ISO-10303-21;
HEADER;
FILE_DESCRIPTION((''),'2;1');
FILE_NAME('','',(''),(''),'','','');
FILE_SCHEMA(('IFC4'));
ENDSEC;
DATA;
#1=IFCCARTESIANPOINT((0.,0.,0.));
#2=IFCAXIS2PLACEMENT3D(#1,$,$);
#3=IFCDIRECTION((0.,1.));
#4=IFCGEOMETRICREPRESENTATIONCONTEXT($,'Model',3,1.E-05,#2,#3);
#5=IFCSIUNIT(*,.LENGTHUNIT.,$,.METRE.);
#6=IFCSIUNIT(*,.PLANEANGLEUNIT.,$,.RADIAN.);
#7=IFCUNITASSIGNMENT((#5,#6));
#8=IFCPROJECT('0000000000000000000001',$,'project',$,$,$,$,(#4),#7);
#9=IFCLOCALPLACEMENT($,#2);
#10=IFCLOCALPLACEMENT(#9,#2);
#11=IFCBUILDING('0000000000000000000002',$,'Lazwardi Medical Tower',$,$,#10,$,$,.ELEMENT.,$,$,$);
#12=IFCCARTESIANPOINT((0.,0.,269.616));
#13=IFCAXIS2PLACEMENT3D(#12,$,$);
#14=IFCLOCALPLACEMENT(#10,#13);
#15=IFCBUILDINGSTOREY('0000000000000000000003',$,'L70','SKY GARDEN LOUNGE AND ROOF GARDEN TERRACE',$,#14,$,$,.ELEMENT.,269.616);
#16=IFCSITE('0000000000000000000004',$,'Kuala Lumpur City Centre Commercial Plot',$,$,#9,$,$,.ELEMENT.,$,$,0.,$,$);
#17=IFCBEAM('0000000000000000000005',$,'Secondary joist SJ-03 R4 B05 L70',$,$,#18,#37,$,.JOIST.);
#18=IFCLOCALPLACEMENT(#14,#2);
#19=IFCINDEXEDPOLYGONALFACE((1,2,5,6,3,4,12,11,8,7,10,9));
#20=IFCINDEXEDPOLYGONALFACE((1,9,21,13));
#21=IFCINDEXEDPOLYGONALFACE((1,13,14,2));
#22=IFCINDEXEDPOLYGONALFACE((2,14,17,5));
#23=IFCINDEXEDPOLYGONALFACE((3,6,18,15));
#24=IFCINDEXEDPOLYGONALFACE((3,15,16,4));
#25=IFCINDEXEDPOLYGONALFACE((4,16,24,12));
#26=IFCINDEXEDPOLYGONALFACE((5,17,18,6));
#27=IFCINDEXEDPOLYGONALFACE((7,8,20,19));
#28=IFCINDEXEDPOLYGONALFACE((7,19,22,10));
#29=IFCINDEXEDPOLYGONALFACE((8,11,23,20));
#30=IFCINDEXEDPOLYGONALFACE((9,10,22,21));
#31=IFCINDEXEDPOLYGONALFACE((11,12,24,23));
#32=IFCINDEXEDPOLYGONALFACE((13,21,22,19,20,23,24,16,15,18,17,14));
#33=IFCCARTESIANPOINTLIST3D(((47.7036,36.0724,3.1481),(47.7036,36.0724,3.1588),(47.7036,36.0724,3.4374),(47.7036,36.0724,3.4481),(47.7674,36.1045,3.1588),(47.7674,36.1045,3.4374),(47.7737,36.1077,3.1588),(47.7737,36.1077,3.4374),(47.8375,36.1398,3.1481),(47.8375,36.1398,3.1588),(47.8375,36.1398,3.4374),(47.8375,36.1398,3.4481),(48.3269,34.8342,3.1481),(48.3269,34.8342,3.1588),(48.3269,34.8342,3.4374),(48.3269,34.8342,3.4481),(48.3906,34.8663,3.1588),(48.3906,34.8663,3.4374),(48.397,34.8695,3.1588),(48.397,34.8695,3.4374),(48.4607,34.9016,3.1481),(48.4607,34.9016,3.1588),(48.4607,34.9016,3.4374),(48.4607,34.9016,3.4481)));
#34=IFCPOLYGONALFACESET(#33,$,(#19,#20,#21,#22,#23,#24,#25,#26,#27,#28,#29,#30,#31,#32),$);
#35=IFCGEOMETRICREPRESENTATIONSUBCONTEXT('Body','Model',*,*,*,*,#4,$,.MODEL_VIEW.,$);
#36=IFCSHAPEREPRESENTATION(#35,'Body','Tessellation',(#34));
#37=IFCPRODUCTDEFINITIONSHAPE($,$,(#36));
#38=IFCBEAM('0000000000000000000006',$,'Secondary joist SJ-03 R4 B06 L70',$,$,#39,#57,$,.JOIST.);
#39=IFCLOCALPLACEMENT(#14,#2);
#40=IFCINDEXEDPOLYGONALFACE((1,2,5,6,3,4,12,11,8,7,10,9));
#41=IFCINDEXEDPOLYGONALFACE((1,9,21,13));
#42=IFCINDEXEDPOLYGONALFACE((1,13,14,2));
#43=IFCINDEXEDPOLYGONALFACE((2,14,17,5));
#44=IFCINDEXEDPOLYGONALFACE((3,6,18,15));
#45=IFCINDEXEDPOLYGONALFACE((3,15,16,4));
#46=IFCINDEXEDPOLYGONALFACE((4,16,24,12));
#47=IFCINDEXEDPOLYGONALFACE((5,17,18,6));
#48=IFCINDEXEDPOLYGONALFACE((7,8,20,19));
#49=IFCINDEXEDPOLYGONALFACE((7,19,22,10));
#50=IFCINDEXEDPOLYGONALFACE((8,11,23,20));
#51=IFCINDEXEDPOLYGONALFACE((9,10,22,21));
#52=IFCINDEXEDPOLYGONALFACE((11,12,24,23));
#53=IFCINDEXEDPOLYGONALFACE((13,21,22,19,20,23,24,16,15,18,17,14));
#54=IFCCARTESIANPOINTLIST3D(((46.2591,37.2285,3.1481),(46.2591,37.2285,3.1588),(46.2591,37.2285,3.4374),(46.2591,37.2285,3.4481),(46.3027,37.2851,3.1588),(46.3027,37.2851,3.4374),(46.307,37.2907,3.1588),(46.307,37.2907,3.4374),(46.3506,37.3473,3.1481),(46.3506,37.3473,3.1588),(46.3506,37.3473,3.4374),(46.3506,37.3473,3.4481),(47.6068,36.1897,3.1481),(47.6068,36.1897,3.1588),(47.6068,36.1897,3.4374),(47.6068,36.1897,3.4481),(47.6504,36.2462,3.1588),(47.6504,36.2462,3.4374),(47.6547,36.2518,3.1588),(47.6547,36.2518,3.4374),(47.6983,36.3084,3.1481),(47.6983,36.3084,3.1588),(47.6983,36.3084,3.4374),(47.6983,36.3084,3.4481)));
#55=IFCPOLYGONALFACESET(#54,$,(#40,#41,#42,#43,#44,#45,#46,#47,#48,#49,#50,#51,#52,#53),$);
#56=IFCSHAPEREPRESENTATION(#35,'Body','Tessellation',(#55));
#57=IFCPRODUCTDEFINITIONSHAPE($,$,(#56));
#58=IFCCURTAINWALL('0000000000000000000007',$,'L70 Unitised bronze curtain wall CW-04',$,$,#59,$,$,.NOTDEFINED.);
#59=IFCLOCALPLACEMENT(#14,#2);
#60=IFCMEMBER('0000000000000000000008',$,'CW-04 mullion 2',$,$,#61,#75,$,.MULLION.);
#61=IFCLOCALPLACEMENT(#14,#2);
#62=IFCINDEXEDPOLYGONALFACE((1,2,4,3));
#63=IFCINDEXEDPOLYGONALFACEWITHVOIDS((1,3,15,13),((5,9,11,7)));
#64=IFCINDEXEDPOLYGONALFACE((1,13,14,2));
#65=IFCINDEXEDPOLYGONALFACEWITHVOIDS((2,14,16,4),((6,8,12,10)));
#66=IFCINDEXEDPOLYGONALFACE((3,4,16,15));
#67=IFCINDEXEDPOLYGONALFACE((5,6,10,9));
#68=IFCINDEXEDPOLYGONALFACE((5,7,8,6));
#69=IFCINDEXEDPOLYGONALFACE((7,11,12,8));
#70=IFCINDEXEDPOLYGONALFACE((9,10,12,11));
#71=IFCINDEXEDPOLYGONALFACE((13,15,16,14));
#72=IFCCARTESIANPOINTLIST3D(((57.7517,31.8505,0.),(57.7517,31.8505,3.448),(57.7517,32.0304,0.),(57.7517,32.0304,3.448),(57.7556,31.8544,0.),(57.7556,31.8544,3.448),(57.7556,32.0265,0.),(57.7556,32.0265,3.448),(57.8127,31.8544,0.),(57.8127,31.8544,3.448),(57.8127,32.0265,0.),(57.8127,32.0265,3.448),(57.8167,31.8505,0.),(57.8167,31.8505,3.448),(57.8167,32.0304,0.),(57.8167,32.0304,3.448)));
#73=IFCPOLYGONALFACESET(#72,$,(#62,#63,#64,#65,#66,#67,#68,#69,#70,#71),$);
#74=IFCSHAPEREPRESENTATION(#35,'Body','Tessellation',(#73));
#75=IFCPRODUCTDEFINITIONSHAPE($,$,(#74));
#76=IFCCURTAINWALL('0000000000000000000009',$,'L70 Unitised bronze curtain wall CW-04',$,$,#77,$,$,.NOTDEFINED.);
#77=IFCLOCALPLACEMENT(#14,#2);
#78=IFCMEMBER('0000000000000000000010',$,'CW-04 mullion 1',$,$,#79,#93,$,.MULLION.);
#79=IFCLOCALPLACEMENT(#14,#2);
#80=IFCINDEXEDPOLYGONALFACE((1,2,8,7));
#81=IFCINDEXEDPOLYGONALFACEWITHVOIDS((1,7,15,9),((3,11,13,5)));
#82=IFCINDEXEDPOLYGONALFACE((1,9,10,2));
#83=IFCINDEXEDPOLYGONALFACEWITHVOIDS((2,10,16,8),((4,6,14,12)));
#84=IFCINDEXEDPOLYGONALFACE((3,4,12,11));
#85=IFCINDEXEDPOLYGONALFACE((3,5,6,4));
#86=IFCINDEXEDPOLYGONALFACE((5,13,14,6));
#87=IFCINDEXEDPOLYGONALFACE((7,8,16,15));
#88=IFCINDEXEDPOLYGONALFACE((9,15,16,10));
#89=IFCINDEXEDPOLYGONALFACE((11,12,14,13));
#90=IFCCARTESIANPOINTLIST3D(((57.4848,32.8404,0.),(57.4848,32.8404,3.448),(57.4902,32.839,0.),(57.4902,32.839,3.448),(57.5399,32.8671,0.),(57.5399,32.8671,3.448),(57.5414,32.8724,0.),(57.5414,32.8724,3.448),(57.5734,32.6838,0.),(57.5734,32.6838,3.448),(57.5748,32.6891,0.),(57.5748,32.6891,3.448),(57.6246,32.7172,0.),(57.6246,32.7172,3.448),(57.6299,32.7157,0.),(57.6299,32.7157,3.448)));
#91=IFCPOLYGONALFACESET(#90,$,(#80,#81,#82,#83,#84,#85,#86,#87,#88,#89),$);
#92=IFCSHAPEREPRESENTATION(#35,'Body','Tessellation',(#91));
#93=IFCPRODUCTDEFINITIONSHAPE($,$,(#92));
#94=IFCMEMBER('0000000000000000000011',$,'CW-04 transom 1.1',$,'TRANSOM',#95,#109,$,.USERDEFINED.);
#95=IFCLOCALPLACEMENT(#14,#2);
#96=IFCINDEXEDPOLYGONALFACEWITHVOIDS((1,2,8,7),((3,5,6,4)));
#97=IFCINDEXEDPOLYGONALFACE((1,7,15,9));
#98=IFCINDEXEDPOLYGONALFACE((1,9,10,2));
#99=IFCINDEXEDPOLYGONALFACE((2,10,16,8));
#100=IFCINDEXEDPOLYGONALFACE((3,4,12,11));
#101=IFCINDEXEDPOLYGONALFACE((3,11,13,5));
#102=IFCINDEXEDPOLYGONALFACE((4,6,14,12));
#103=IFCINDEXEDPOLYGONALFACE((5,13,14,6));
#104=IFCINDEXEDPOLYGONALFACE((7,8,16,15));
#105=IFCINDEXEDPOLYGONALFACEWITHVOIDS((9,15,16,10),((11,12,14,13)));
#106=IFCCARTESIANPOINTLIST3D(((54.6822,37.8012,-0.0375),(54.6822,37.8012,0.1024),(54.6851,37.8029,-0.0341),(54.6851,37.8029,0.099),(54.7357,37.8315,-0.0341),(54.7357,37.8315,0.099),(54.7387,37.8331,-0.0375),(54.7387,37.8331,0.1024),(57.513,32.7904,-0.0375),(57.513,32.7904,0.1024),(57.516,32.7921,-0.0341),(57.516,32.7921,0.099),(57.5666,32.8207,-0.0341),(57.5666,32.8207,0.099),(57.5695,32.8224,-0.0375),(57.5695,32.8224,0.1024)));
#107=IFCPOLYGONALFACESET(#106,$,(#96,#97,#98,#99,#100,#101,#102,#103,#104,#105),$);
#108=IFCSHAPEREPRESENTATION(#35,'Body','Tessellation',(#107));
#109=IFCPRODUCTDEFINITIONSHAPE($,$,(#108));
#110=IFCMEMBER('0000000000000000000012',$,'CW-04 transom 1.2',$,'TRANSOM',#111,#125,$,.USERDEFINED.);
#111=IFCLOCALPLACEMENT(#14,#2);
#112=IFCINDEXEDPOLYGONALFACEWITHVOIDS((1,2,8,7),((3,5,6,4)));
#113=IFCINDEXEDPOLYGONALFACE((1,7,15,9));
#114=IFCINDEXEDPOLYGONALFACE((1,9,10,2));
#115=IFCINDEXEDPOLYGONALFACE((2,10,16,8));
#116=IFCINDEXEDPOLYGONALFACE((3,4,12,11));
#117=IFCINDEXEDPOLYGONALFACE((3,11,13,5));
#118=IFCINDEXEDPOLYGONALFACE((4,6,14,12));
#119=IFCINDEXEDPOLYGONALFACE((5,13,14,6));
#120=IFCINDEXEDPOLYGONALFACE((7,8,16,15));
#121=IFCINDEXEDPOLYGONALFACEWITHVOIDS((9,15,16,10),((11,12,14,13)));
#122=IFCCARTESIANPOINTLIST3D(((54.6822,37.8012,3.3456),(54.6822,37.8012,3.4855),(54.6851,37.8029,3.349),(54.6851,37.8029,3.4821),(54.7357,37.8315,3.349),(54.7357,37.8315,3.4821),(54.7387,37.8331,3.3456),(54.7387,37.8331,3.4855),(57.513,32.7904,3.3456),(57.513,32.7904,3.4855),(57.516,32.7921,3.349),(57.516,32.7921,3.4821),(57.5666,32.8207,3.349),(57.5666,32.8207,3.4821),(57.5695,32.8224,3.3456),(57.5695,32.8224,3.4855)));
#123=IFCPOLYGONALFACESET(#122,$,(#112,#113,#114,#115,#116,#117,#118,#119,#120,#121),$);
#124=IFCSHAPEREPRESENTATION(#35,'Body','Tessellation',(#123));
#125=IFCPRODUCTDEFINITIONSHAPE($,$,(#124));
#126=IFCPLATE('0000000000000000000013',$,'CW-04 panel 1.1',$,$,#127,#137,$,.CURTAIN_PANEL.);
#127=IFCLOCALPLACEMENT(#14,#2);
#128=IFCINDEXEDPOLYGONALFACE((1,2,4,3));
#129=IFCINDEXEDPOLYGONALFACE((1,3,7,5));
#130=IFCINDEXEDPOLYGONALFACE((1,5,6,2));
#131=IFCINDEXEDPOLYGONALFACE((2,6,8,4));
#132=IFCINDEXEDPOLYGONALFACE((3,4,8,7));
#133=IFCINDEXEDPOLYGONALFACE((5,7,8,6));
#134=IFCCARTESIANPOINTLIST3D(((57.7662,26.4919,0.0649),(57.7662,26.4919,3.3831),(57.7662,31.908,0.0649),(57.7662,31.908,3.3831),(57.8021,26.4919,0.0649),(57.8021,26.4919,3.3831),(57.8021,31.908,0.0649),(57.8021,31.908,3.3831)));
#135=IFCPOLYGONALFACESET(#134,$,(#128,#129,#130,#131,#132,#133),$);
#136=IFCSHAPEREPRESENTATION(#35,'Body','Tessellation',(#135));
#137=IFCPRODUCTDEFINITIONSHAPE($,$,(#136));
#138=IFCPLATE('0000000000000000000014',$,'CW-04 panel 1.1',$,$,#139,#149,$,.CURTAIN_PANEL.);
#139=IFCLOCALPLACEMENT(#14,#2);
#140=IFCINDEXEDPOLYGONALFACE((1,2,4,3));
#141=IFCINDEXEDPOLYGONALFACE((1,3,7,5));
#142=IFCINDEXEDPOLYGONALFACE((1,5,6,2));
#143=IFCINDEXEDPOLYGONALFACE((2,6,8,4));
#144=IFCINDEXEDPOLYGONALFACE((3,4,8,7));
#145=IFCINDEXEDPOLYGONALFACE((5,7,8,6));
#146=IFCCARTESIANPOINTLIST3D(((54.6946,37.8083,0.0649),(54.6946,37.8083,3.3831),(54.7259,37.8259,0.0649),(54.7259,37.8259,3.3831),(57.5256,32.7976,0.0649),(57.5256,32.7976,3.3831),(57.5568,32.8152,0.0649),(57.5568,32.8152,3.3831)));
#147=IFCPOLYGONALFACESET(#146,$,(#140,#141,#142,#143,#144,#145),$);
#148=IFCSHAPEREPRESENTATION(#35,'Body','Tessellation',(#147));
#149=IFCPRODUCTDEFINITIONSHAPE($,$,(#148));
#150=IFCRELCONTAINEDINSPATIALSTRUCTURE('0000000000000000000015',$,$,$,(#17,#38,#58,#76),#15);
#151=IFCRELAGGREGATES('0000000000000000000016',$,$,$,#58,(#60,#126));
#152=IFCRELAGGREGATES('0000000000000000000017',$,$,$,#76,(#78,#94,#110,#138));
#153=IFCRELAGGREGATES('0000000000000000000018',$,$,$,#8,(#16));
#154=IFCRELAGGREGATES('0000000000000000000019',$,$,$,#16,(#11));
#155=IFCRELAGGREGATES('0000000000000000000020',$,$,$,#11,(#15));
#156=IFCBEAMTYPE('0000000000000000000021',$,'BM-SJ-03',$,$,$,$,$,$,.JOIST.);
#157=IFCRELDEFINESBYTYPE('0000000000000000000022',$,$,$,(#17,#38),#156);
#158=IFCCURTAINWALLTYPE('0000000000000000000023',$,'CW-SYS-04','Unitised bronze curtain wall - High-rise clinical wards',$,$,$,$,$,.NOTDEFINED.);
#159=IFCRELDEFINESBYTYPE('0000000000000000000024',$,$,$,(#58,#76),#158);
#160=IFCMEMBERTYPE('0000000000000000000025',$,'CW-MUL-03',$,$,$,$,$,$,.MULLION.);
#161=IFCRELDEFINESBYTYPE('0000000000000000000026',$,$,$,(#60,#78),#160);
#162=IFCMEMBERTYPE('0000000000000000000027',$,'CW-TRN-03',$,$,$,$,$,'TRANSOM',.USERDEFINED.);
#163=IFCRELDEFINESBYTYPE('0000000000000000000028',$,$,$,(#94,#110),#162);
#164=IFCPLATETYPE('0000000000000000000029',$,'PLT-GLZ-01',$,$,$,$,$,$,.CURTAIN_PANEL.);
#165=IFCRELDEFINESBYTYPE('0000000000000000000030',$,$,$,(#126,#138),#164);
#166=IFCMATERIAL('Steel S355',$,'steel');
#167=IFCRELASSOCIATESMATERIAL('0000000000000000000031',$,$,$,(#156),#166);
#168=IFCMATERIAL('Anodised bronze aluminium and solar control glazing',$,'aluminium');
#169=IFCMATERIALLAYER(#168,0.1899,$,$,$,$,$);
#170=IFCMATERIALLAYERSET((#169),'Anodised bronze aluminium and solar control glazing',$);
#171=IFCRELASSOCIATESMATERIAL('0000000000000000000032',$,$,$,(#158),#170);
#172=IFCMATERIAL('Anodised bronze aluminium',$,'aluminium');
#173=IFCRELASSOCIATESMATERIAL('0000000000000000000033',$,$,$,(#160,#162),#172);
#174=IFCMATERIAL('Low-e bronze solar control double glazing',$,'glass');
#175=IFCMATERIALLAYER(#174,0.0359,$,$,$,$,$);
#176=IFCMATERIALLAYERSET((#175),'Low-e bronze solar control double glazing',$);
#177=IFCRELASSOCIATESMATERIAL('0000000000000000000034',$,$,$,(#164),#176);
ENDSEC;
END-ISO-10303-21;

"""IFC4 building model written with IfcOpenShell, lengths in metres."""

from ifc_helpers import new_model, si_unit, direction, frame, origin, origin_2d, place, context, subcontext, project, spatial, rectangle, hollow_rectangle, i_section, extrude, material, layer, layer_set, material_profile, profile_set, type_object, element, aggregate, save


model = new_model("IFC4")

# Units and contexts
model_context = context("Model", 3, precision=1e-05, world=origin(), true_north=direction((0.0, 1.0)))
body_context = subcontext(model_context, "Body", "Model", "MODEL_VIEW")
ifc_project = project(units=[si_unit("LENGTHUNIT", "METRE"), si_unit("PLANEANGLEUNIT", "RADIAN")], contexts=[model_context])

# Site, building, storey
site_placement = place(None, origin())
site = spatial("IfcSite", under=ifc_project, at=site_placement, Name="Kuala Lumpur City Centre Commercial Plot", CompositionType="ELEMENT", RefElevation=0.0)
building_placement = place(site_placement, origin())
building = spatial("IfcBuilding", under=site, at=building_placement, Name="Lazwardi Medical Tower", CompositionType="ELEMENT")
storey_placement = place(building_placement, frame((0.0, 0.0, 269.616)))
storey = spatial("IfcBuildingStorey", under=building, at=storey_placement, Name="L70", Description="SKY GARDEN LOUNGE AND ROOF GARDEN TERRACE", CompositionType="ELEMENT", Elevation=269.616)

# Beams
ifc_material_1 = material(Name="Steel S355", Category="steel")
ifc_material_profile_1 = material_profile(ifc_material_1, i_section(OverallWidth=0.1499, OverallDepth=0.3, WebThickness=0.0071, FlangeThickness=0.0107, at=origin_2d()), Name="IPE 300")
ifc_profile_set_1 = profile_set([ifc_material_profile_1], Name="Steel S355")
beam_type_1 = type_object("IfcBeamType", Name="BM-SJ-03", PredefinedType="JOIST", material=ifc_profile_set_1)
beam_1_placement = place(storey_placement, frame((48.3938, 34.8679, 3.2981), z_axis=(-0.449607, 0.893226, 0.0), x_axis=(-0.893226, -0.449607, 0.0)))
element("IfcBeam", 1, at=beam_1_placement, inside=storey, type_object=beam_type_1, Name="Secondary joist SJ-03 R4 B05 L70", PredefinedType="JOIST", context=body_context, shape_type="SweptSolid", body=[
    extrude(i_section(OverallWidth=0.1499, OverallDepth=0.3, WebThickness=0.0071, FlangeThickness=0.0107, at=origin_2d()), origin(), (0.0, 0.0, 1.0), 1.3862),
])
beam_2_placement = place(storey_placement, frame((47.6526, 36.249, 3.2981), z_axis=(-0.79201, 0.610508, 0.0), x_axis=(-0.610508, -0.79201, 0.0)))
element("IfcBeam", 2, at=beam_2_placement, inside=storey, type_object=beam_type_1, Name="Secondary joist SJ-03 R4 B06 L70", PredefinedType="JOIST", context=body_context, shape_type="SweptSolid", body=[
    extrude(i_section(OverallWidth=0.1499, OverallDepth=0.3, WebThickness=0.0071, FlangeThickness=0.0107, at=origin_2d()), origin(), (0.0, 0.0, 1.0), 1.7017),
])

# Curtain wall, member
ifc_material_2 = material(Name="Anodised bronze aluminium and solar control glazing", Category="aluminium")
ifc_layer_1 = layer(ifc_material_2, 0.1899)
ifc_layer_set_1 = layer_set([ifc_layer_1], Name="Anodised bronze aluminium and solar control glazing")
curtain_wall_type = type_object("IfcCurtainWallType", Name="CW-SYS-04", Description="Unitised bronze curtain wall - High-rise clinical wards", PredefinedType="NOTDEFINED", material=ifc_layer_set_1)
curtain_wall_1_placement = place(storey_placement, origin())
curtain_wall_1 = element("IfcCurtainWall", 3, at=curtain_wall_1_placement, inside=storey, type_object=curtain_wall_type, Name="L70 Unitised bronze curtain wall CW-04", PredefinedType="NOTDEFINED")
ifc_material_3 = material(Name="Anodised bronze aluminium", Category="aluminium")
ifc_material_profile_2 = material_profile(ifc_material_3, hollow_rectangle(XDim=0.0649, YDim=0.1799, WallThickness=0.0039, at=origin_2d()), Name="ALU-MULLION 180x65x4")
ifc_profile_set_2 = profile_set([ifc_material_profile_2], Name="Anodised bronze aluminium")
member_type_1 = type_object("IfcMemberType", Name="CW-MUL-03", PredefinedType="MULLION", material=ifc_profile_set_2)
member_1_placement = place(storey_placement, frame((57.7842, 31.9404, 0.0), z_axis=(0.0, 0.0, 1.0), x_axis=(-1.0, 0.0, 0.0)))
member_1 = element("IfcMember", 4, at=member_1_placement, type_object=member_type_1, Name="CW-04 mullion 2", PredefinedType="MULLION", context=body_context, shape_type="SweptSolid", body=[
    extrude(hollow_rectangle(XDim=0.0649, YDim=0.1799, WallThickness=0.0039, at=origin_2d()), origin(), (0.0, 0.0, 1.0), 3.448),
])

# Curtain wall, members
curtain_wall_2_placement = place(storey_placement, origin())
curtain_wall_2 = element("IfcCurtainWall", 5, at=curtain_wall_2_placement, inside=storey, type_object=curtain_wall_type, Name="L70 Unitised bronze curtain wall CW-04", PredefinedType="NOTDEFINED")
member_2_placement = place(storey_placement, frame((57.5574, 32.7781, 0.0), z_axis=(0.0, 0.0, 1.0), x_axis=(-0.870651, -0.4919, 0.0)))
member_2 = element("IfcMember", 6, at=member_2_placement, type_object=member_type_1, Name="CW-04 mullion 1", PredefinedType="MULLION", context=body_context, shape_type="SweptSolid", body=[
    extrude(hollow_rectangle(XDim=0.0649, YDim=0.1799, WallThickness=0.0039, at=origin_2d()), origin(), (0.0, 0.0, 1.0), 3.448),
])
ifc_material_profile_3 = material_profile(ifc_material_3, hollow_rectangle(XDim=0.0649, YDim=0.1399, WallThickness=0.0034, at=origin_2d()), Name="ALU-TRANSOM 140x65x3.5")
ifc_profile_set_3 = profile_set([ifc_material_profile_3], Name="Anodised bronze aluminium")
member_type_2 = type_object("IfcMemberType", Name="CW-TRN-03", ElementType="TRANSOM", PredefinedType="USERDEFINED", material=ifc_profile_set_3)
member_3_placement = place(storey_placement, frame((57.5413, 32.8064, 0.0325), z_axis=(-0.49188, 0.870663, 0.0), x_axis=(-0.870663, -0.49188, 0.0)))
member_3 = element("IfcMember", 7, at=member_3_placement, type_object=member_type_2, Name="CW-04 transom 1.1", ObjectType="TRANSOM", PredefinedType="USERDEFINED", context=body_context, shape_type="SweptSolid", body=[
    extrude(hollow_rectangle(XDim=0.0649, YDim=0.1399, WallThickness=0.0034, at=origin_2d()), origin(), (0.0, 0.0, 1.0), 5.7551),
])
member_4_placement = place(storey_placement, frame((57.5413, 32.8064, 3.4155), z_axis=(-0.49188, 0.870663, 0.0), x_axis=(-0.870663, -0.49188, 0.0)))
member_4 = element("IfcMember", 8, at=member_4_placement, type_object=member_type_2, Name="CW-04 transom 1.2", ObjectType="TRANSOM", PredefinedType="USERDEFINED", context=body_context, shape_type="SweptSolid", body=[
    extrude(hollow_rectangle(XDim=0.0649, YDim=0.1399, WallThickness=0.0034, at=origin_2d()), origin(), (0.0, 0.0, 1.0), 5.7551),
])

# Plates
ifc_material_4 = material(Name="Low-e bronze solar control double glazing", Category="glass")
ifc_layer_2 = layer(ifc_material_4, 0.0359)
ifc_layer_set_2 = layer_set([ifc_layer_2], Name="Low-e bronze solar control double glazing")
plate_type = type_object("IfcPlateType", Name="PLT-GLZ-01", PredefinedType="CURTAIN_PANEL", material=ifc_layer_set_2)
plate_1_placement = place(storey_placement, frame((57.7842, 29.2, 0.0649), z_axis=(0.0, 0.0, 1.0), x_axis=(0.0, 1.0, 0.0)))
plate_1 = element("IfcPlate", 9, at=plate_1_placement, type_object=plate_type, Name="CW-04 panel 1.1", PredefinedType="CURTAIN_PANEL", context=body_context, shape_type="SweptSolid", body=[
    extrude(rectangle(XDim=5.416, YDim=0.0359, at=origin_2d()), origin(), (0.0, 0.0, 1.0), 3.3181),
])
aggregate(curtain_wall_1, [member_1, plate_1])
plate_2_placement = place(storey_placement, frame((56.1257, 35.3118, 0.0649), z_axis=(0.0, 0.0, 1.0), x_axis=(-0.4919, 0.870651, 0.0)))
plate_2 = element("IfcPlate", 10, at=plate_2_placement, type_object=plate_type, Name="CW-04 panel 1.1", PredefinedType="CURTAIN_PANEL", context=body_context, shape_type="SweptSolid", body=[
    extrude(rectangle(XDim=5.7551, YDim=0.0359, at=origin_2d()), origin(), (0.0, 0.0, 1.0), 3.3181),
])
aggregate(curtain_wall_2, [member_2, member_3, member_4, plate_2])

save(model, "model.ifc")
